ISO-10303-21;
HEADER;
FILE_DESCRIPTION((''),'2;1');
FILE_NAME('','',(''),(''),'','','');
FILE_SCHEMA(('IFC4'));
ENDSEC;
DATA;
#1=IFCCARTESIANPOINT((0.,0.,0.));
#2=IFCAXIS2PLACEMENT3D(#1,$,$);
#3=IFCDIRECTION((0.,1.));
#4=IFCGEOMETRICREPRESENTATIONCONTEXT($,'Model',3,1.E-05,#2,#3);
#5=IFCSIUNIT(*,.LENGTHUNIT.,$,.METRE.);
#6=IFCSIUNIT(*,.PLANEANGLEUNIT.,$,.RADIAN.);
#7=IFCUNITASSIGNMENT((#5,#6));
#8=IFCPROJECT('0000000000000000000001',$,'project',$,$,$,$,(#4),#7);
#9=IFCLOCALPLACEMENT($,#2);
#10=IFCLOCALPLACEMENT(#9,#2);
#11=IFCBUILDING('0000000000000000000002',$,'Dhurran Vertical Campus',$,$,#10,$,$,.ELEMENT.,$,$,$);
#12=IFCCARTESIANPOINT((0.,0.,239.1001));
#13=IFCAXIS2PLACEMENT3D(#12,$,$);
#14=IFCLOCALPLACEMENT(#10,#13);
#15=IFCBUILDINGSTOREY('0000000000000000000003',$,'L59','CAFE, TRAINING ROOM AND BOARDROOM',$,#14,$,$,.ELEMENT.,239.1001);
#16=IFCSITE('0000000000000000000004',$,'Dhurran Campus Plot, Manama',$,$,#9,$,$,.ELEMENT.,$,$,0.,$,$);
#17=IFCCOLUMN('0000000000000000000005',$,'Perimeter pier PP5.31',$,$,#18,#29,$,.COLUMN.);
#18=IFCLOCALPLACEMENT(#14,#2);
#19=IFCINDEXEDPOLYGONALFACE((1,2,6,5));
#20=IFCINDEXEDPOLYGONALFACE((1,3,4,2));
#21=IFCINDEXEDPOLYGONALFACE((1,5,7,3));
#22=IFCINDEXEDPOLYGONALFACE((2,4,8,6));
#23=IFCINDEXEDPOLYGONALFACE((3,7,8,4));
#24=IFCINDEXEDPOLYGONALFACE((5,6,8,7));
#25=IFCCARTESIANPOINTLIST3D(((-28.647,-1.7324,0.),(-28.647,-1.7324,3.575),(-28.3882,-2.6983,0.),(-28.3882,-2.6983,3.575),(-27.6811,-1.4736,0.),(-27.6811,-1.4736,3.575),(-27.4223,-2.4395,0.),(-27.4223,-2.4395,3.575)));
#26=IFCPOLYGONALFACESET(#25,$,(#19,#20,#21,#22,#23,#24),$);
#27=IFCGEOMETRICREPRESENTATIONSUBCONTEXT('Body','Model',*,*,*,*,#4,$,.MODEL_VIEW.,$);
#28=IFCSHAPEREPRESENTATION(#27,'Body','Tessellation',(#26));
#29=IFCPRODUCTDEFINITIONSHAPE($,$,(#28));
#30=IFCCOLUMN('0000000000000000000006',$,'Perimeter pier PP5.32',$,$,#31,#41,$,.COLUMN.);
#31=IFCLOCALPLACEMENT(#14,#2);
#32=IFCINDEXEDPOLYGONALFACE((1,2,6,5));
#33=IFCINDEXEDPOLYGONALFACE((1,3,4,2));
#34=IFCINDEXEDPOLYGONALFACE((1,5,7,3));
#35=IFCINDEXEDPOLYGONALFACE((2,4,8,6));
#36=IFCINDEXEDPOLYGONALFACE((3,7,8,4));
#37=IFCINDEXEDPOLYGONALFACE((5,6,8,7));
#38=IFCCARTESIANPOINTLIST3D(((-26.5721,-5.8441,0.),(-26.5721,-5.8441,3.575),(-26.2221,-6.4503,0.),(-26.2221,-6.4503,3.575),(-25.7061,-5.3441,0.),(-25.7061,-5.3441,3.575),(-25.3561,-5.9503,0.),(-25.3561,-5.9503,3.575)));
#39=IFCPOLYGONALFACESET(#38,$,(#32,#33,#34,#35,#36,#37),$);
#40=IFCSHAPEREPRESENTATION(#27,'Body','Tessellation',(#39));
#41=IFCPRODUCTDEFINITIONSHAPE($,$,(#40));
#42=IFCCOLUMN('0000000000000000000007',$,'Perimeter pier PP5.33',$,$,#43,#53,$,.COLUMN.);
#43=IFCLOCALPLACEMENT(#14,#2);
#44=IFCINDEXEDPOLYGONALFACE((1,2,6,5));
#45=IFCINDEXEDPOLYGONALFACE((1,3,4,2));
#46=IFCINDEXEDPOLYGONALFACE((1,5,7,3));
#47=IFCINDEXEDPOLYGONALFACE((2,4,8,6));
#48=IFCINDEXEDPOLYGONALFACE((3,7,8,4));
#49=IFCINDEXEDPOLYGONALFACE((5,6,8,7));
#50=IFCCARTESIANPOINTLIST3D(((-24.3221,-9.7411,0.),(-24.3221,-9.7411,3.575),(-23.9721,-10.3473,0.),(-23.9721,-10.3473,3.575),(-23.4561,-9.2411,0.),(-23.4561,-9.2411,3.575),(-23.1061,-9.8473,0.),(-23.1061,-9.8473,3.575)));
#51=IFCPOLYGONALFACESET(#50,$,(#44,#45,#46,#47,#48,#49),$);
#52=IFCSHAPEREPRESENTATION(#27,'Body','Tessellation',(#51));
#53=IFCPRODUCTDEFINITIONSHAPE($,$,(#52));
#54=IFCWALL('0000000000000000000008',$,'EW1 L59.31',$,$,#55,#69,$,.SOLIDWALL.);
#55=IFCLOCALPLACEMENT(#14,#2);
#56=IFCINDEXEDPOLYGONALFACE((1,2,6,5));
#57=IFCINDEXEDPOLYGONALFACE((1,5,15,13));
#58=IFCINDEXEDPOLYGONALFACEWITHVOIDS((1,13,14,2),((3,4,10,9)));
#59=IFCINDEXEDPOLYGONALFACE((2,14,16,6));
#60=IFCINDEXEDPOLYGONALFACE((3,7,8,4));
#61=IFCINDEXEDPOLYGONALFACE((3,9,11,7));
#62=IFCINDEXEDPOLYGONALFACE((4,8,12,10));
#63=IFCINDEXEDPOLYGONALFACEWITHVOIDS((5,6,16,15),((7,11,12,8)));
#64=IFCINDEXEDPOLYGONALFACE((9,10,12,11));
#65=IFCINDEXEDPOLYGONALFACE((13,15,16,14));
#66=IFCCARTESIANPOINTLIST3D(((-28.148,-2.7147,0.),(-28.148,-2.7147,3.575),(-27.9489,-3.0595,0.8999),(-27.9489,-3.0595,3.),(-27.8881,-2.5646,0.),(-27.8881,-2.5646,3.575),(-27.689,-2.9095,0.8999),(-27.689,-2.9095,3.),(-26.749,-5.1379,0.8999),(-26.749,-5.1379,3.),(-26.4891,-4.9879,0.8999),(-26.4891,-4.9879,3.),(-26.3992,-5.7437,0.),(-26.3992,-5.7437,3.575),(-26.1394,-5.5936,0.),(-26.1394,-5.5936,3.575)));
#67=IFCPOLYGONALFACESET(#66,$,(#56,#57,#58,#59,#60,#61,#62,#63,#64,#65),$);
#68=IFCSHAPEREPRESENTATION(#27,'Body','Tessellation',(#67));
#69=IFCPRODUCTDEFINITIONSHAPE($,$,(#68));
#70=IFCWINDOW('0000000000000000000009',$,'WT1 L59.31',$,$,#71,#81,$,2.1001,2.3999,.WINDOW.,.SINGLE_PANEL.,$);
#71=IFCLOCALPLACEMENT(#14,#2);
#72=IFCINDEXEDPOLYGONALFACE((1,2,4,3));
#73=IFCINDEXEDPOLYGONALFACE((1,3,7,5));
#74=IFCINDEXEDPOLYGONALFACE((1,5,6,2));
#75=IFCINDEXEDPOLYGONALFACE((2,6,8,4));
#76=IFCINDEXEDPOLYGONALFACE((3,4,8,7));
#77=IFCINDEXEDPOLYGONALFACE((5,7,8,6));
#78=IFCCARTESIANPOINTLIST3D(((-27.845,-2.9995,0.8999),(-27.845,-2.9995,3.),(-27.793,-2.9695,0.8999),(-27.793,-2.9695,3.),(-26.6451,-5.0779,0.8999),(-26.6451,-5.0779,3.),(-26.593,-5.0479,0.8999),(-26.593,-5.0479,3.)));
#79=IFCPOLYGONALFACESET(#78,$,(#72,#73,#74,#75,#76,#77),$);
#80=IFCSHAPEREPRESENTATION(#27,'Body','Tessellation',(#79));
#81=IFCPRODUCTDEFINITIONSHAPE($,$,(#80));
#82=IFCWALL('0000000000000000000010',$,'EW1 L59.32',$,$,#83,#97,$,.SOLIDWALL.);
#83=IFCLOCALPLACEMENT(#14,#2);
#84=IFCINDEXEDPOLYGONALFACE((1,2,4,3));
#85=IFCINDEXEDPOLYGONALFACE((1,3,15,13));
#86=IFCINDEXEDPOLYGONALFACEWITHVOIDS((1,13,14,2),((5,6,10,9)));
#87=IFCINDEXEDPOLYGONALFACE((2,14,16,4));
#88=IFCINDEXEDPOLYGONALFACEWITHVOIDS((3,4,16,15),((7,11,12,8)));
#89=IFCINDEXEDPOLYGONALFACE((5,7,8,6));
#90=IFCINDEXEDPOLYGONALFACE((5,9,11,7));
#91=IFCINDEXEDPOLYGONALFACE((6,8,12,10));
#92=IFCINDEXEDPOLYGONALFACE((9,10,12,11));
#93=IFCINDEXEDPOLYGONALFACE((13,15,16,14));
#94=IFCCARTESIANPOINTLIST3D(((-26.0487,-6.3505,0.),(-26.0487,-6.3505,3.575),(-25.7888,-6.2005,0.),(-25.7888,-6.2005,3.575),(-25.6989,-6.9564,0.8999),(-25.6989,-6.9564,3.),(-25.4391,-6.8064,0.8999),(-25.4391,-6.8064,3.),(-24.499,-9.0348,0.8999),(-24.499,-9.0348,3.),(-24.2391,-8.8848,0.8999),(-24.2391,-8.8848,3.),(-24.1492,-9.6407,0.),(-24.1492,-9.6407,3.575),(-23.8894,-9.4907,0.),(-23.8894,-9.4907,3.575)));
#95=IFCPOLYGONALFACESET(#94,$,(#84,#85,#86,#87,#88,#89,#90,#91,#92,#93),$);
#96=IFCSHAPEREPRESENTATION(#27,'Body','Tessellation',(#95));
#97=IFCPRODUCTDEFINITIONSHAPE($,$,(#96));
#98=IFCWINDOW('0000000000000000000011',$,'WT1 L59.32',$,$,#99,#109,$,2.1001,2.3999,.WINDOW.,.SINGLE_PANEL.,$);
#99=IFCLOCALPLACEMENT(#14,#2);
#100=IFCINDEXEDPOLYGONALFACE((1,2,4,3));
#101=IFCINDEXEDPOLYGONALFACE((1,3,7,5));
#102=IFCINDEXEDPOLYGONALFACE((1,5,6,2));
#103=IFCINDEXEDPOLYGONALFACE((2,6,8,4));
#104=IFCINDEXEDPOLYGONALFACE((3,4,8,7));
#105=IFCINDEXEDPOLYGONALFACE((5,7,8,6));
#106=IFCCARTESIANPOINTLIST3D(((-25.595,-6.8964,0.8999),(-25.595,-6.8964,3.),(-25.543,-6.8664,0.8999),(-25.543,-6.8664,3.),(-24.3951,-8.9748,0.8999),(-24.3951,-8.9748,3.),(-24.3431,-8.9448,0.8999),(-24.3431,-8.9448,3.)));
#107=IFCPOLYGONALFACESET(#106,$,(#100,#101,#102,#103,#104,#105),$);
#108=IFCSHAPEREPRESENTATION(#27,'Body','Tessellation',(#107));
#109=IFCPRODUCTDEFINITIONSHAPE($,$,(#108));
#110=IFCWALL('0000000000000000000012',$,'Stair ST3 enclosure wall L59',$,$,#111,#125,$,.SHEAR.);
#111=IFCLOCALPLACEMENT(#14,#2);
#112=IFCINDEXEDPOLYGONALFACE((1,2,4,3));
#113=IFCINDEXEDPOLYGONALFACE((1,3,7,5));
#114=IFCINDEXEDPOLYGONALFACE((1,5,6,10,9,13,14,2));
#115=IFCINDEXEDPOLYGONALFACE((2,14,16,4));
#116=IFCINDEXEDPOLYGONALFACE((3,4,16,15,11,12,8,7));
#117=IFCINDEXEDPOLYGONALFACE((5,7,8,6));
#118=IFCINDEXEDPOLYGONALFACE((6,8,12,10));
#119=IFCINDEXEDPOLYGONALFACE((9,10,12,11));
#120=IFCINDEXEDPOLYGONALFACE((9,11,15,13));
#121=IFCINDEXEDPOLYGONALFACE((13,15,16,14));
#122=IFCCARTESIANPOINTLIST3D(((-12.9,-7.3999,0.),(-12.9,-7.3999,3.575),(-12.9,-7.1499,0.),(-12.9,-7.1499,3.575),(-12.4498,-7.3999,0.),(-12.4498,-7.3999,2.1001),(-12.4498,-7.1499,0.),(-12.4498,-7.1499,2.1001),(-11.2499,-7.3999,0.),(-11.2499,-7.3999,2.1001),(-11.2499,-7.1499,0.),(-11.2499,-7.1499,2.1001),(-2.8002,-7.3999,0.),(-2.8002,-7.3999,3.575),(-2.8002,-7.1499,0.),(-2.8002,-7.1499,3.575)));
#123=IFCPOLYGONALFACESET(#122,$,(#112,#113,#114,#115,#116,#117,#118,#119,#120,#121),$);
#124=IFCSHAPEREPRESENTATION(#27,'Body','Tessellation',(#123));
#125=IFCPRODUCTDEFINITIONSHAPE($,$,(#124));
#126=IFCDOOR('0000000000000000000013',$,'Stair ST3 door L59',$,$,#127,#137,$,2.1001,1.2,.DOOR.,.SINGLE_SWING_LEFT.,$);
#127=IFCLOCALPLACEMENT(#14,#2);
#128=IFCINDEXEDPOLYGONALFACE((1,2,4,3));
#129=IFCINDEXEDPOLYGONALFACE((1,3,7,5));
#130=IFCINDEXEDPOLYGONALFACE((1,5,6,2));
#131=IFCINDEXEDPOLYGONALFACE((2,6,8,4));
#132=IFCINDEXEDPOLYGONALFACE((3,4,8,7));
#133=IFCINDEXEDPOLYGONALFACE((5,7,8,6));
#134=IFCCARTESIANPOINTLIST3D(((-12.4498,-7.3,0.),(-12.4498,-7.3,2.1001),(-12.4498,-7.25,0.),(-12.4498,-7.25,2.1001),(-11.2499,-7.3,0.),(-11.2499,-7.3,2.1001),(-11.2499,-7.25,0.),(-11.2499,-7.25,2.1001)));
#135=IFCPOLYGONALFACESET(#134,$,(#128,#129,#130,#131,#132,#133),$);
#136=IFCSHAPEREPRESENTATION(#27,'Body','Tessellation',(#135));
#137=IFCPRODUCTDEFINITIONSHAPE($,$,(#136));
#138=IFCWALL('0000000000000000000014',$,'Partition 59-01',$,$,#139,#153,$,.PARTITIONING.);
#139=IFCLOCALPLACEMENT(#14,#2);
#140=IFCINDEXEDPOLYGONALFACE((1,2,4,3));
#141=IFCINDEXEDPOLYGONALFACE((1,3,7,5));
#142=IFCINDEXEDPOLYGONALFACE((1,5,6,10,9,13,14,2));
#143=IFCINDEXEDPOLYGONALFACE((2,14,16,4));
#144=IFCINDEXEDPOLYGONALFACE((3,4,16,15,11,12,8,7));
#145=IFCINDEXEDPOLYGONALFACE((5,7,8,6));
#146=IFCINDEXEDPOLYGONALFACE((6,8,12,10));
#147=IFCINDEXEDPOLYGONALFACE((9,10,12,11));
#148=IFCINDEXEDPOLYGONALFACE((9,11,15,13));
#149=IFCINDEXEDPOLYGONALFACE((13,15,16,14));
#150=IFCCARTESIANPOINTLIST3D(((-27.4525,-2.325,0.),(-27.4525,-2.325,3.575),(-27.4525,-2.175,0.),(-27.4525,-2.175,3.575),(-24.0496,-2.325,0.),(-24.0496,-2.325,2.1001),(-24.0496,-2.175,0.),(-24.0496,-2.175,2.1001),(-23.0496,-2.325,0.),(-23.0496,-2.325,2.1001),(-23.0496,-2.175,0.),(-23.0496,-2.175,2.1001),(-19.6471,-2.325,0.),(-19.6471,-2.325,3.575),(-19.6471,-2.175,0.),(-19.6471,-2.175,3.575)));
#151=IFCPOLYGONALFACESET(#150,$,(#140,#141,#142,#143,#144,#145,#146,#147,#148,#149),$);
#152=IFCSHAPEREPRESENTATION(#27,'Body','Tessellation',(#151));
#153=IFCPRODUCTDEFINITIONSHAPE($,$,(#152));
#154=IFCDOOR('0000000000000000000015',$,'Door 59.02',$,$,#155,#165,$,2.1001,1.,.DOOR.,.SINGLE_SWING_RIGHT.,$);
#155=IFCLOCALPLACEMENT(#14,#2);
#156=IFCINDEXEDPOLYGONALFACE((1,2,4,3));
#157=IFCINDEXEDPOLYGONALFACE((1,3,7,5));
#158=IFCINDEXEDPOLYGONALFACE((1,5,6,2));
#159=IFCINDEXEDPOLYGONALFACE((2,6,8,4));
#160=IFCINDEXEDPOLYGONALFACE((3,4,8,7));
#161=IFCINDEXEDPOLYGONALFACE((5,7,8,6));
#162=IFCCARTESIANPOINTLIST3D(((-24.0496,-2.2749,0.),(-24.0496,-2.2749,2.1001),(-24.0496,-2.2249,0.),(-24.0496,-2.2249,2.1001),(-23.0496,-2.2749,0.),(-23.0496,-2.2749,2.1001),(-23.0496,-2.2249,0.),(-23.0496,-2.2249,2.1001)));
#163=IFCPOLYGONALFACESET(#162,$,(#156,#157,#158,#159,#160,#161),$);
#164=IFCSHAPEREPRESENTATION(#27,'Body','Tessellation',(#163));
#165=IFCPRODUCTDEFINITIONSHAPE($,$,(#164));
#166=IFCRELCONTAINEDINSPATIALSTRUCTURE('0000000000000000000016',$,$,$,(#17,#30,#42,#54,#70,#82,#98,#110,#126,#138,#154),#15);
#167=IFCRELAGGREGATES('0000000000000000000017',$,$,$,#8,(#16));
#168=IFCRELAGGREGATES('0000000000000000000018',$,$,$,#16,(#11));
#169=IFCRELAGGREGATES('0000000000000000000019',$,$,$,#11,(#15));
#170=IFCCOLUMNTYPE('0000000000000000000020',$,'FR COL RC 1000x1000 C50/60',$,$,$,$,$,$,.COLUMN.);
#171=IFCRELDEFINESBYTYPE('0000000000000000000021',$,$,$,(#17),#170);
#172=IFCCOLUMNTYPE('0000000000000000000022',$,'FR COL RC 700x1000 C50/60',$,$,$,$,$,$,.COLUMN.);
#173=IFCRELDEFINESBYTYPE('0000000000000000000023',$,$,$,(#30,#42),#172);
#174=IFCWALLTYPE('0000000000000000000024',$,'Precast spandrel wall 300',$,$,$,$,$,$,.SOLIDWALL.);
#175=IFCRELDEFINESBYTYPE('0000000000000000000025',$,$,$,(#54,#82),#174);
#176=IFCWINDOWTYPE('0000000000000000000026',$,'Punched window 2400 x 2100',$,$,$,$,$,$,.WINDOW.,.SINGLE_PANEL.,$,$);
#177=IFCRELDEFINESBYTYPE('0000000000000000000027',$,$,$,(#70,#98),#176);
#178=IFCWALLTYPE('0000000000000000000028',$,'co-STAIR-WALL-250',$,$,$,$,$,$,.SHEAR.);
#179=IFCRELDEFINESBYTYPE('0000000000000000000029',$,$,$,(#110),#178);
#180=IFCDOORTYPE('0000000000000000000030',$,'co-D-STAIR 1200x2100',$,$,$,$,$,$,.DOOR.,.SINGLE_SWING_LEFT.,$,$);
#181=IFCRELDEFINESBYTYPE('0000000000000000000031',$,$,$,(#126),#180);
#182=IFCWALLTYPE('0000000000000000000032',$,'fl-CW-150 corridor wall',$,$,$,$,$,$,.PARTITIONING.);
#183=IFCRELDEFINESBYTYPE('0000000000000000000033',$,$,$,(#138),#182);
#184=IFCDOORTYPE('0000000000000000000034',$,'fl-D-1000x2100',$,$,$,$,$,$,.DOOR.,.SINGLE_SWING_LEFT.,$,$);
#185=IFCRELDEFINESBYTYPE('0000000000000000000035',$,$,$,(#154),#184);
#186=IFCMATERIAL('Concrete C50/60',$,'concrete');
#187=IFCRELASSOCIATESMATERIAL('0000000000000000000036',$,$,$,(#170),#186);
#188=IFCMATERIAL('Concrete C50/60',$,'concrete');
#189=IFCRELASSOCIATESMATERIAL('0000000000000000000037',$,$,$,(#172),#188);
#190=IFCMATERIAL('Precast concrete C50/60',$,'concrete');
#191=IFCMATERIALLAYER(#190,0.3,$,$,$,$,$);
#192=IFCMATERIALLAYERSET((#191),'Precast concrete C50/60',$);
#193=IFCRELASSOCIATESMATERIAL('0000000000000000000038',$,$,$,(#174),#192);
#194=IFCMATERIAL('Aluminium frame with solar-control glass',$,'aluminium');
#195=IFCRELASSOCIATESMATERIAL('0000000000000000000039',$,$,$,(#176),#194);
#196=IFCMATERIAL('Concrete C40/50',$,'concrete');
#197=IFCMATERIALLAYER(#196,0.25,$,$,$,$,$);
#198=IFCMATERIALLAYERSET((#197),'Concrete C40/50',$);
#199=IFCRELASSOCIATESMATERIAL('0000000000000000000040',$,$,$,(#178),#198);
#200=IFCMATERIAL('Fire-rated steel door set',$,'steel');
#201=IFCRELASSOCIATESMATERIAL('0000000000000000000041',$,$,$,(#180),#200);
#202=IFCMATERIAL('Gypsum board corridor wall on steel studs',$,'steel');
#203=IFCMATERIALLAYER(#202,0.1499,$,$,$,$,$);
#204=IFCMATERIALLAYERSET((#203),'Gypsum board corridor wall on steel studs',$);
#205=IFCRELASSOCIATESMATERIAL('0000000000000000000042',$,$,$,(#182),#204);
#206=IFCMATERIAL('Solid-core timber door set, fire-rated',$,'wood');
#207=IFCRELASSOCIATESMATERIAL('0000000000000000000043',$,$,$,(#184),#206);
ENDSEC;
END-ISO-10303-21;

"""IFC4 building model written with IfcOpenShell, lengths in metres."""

from ifc_helpers import new_model, si_unit, direction, frame, frame_2d, origin, origin_2d, place, context, subcontext, project, spatial, rectangle, extrude, material, layer, layer_set, material_profile, profile_set, type_object, element, fill, save


model = new_model("IFC4")

# Units and contexts
model_context = context("Model", 3, precision=1e-05, world=origin(), true_north=direction((0.0, 1.0)))
body_context = subcontext(model_context, "Body", "Model", "MODEL_VIEW")
ifc_project = project(units=[si_unit("LENGTHUNIT", "METRE"), si_unit("PLANEANGLEUNIT", "RADIAN")], contexts=[model_context])

# Site, building, storey
site_placement = place(None, origin())
site = spatial("IfcSite", under=ifc_project, at=site_placement, Name="Dhurran Campus Plot, Manama", CompositionType="ELEMENT", RefElevation=0.0)
building_placement = place(site_placement, origin())
building = spatial("IfcBuilding", under=site, at=building_placement, Name="Dhurran Vertical Campus", CompositionType="ELEMENT")
storey_placement = place(building_placement, frame((0.0, 0.0, 239.1001)))
storey = spatial("IfcBuildingStorey", under=building, at=storey_placement, Name="L59", Description="CAFE, TRAINING ROOM AND BOARDROOM", CompositionType="ELEMENT", Elevation=239.1001)

# Columns
ifc_material_1 = material(Name="Concrete C50/60", Category="concrete")
ifc_material_profile_1 = material_profile(ifc_material_1, rectangle(XDim=1.0, YDim=1.0, at=origin_2d()), Name="RC 1000x1000")
ifc_profile_set_1 = profile_set([ifc_material_profile_1], Name="Concrete C50/60")
column_type_1 = type_object("IfcColumnType", Name="FR COL RC 1000x1000 C50/60", PredefinedType="COLUMN", material=ifc_profile_set_1)
column_placement = place(storey_placement, frame((-28.0347, -2.0859, 0.0), z_axis=(0.0, 0.0, 1.0), x_axis=(0.258819, -0.965926, 0.0)))
element("IfcColumn", 1, at=column_placement, inside=storey, type_object=column_type_1, Name="Perimeter pier PP5.31", PredefinedType="COLUMN", context=body_context, shape_type="SweptSolid", body=[
    extrude(rectangle(XDim=1.0, YDim=1.0, at=origin_2d()), origin(), (0.0, 0.0, 1.0), 3.575),
])
ifc_material_2 = material(Name="Concrete C50/60", Category="concrete")
ifc_material_profile_2 = material_profile(ifc_material_2, rectangle(XDim=0.7, YDim=1.0, at=origin_2d()), Name="RC 700x1000")
ifc_profile_set_2 = profile_set([ifc_material_profile_2], Name="Concrete C50/60")
column_type_2 = type_object("IfcColumnType", Name="FR COL RC 700x1000 C50/60", PredefinedType="COLUMN", material=ifc_profile_set_2)
for number, where, z_axis, x_axis, name in (
    (2, (-25.9641, -5.8972, 0.0), (0.0, 0.0, 1.0), (0.5, -0.866025, 0.0), "Perimeter pier PP5.32"),
    (3, (-23.7141, -9.7942, 0.0), (0.0, 0.0, 1.0), (0.5, -0.866025, 0.0), "Perimeter pier PP5.33"),
):
    element("IfcColumn", number, at=place(storey_placement, frame(where, z_axis=z_axis, x_axis=x_axis)), inside=storey, type_object=column_type_2, Name=name, PredefinedType="COLUMN", context=body_context, shape_type="SweptSolid", body=[
        extrude(rectangle(XDim=0.7, YDim=1.0, at=origin_2d()), origin(), (0.0, 0.0, 1.0), 3.575),
    ])

# Walls, openings, windows
ifc_material_3 = material(Name="Precast concrete C50/60", Category="concrete")
ifc_layer_1 = layer(ifc_material_3, 0.3)
ifc_layer_set_1 = layer_set([ifc_layer_1], Name="Precast concrete C50/60")
wall_type_1 = type_object("IfcWallType", Name="Precast spandrel wall 300", PredefinedType="SOLIDWALL", material=ifc_layer_set_1)
wall_1_placement = place(storey_placement, frame((-28.0181, -2.6396, 0.0), z_axis=(0.0, 0.0, 1.0), x_axis=(0.49999, -0.866031, 0.0)))
wall_1 = element("IfcWall", 4, at=wall_1_placement, inside=storey, type_object=wall_type_1, Name="EW1 L59.31", PredefinedType="SOLIDWALL", context=body_context, shape_type="SweptSolid", body=[
    extrude(rectangle(XDim=3.4976, YDim=0.3, at=frame_2d((1.7488, 0.0))), origin(), (0.0, 0.0, 1.0), 3.575),
])
opening_1_placement = place(wall_1_placement, frame((0.3982, 0.0, 0.8999)))
opening_1 = element("IfcOpeningElement", 5, at=opening_1_placement, cuts=wall_1, PredefinedType="OPENING", context=body_context, shape_type="SweptSolid", body=[
    extrude(rectangle(XDim=2.3999, YDim=2.1001, at=frame_2d((1.2, 1.05))), frame((0.0, 0.1599, 0.0), z_axis=(0.0, -1.0, 0.0), x_axis=(1.0, 0.0, 0.0)), (0.0, 0.0, 1.0), 0.3201),
])
ifc_material_4 = material(Name="Aluminium frame with solar-control glass", Category="aluminium")
window_type = type_object("IfcWindowType", Name="Punched window 2400 x 2100", PartitioningType="SINGLE_PANEL", PredefinedType="WINDOW", material=ifc_material_4)
window_1_placement = place(opening_1_placement, origin())
window_1 = element("IfcWindow", 6, at=window_1_placement, inside=storey, type_object=window_type, Name="WT1 L59.31", OverallHeight=2.1001, OverallWidth=2.3999, PartitioningType="SINGLE_PANEL", PredefinedType="WINDOW", context=body_context, shape_type="SweptSolid", body=[
    extrude(rectangle(XDim=2.3999, YDim=2.1001, at=frame_2d((1.2, 1.05))), frame((0.0, 0.03, 0.0), z_axis=(0.0, -1.0, 0.0), x_axis=(1.0, 0.0, 0.0)), (0.0, 0.0, 1.0), 0.0601),
])
fill(opening_1, window_1)
wall_2_placement = place(storey_placement, frame((-25.9187, -6.2756, 0.0), z_axis=(0.0, 0.0, 1.0), x_axis=(0.499982, -0.866036, 0.0)))
wall_2 = element("IfcWall", 7, at=wall_2_placement, inside=storey, type_object=wall_type_1, Name="EW1 L59.32", PredefinedType="SOLIDWALL", context=body_context, shape_type="SweptSolid", body=[
    extrude(rectangle(XDim=3.7991, YDim=0.3, at=frame_2d((1.8994, 0.0))), origin(), (0.0, 0.0, 1.0), 3.575),
])
opening_2_placement = place(wall_2_placement, frame((0.6995, 0.0, 0.8999)))
opening_2 = element("IfcOpeningElement", 8, at=opening_2_placement, cuts=wall_2, PredefinedType="OPENING", context=body_context, shape_type="SweptSolid", body=[
    extrude(rectangle(XDim=2.3999, YDim=2.1001, at=frame_2d((1.2, 1.05))), frame((0.0, 0.1599, 0.0), z_axis=(0.0, -1.0, 0.0), x_axis=(1.0, 0.0, 0.0)), (0.0, 0.0, 1.0), 0.3201),
])
window_2_placement = place(opening_2_placement, origin())
window_2 = element("IfcWindow", 9, at=window_2_placement, inside=storey, type_object=window_type, Name="WT1 L59.32", OverallHeight=2.1001, OverallWidth=2.3999, PartitioningType="SINGLE_PANEL", PredefinedType="WINDOW", context=body_context, shape_type="SweptSolid", body=[
    extrude(rectangle(XDim=2.3999, YDim=2.1001, at=frame_2d((1.2, 1.05))), frame((0.0, 0.03, 0.0), z_axis=(0.0, -1.0, 0.0), x_axis=(1.0, 0.0, 0.0)), (0.0, 0.0, 1.0), 0.0601),
])
fill(opening_2, window_2)

# Walls, openings, doors
ifc_material_5 = material(Name="Concrete C40/50", Category="concrete")
ifc_layer_2 = layer(ifc_material_5, 0.25)
ifc_layer_set_2 = layer_set([ifc_layer_2], Name="Concrete C40/50")
wall_type_2 = type_object("IfcWallType", Name="co-STAIR-WALL-250", PredefinedType="SHEAR", material=ifc_layer_set_2)
wall_3_placement = place(storey_placement, frame((-12.8999, -7.2749, 0.0), z_axis=(0.0, 0.0, 1.0), x_axis=(1.0, 0.0, 0.0)))
wall_3 = element("IfcWall", 10, at=wall_3_placement, inside=storey, type_object=wall_type_2, Name="Stair ST3 enclosure wall L59", PredefinedType="SHEAR", context=body_context, shape_type="SweptSolid", body=[
    extrude(rectangle(XDim=10.0999, YDim=0.25, at=frame_2d((5.0498, 0.0))), origin(), (0.0, 0.0, 1.0), 3.575),
])
opening_3_placement = place(wall_3_placement, frame((0.45, 0.0, 0.0)))
opening_3 = element("IfcOpeningElement", 11, at=opening_3_placement, cuts=wall_3, PredefinedType="OPENING", context=body_context, shape_type="SweptSolid", body=[
    extrude(rectangle(XDim=1.2, YDim=2.1001, at=frame_2d((0.6001, 1.05))), frame((0.0, 0.135, 0.0), z_axis=(0.0, -1.0, 0.0), x_axis=(1.0, 0.0, 0.0)), (0.0, 0.0, 1.0), 0.27),
])
ifc_material_6 = material(Name="Fire-rated steel door set", Category="steel")
door_type_1 = type_object("IfcDoorType", Name="co-D-STAIR 1200x2100", OperationType="SINGLE_SWING_LEFT", PredefinedType="DOOR", material=ifc_material_6)
door_1_placement = place(opening_3_placement, origin())
door_1 = element("IfcDoor", 12, at=door_1_placement, inside=storey, type_object=door_type_1, Name="Stair ST3 door L59", OperationType="SINGLE_SWING_LEFT", OverallHeight=2.1001, OverallWidth=1.2, PredefinedType="DOOR", context=body_context, shape_type="SweptSolid", body=[
    extrude(rectangle(XDim=1.2, YDim=2.1001, at=frame_2d((0.6001, 1.05))), frame((0.0, 0.0249, 0.0), z_axis=(0.0, -1.0, 0.0), x_axis=(1.0, 0.0, 0.0)), (0.0, 0.0, 1.0), 0.05),
])
fill(opening_3, door_1)
ifc_material_7 = material(Name="Gypsum board corridor wall on steel studs", Category="steel")
ifc_layer_3 = layer(ifc_material_7, 0.1499)
ifc_layer_set_3 = layer_set([ifc_layer_3], Name="Gypsum board corridor wall on steel studs")
wall_type_3 = type_object("IfcWallType", Name="fl-CW-150 corridor wall", PredefinedType="PARTITIONING", material=ifc_layer_set_3)
wall_4_placement = place(storey_placement, frame((-19.647, -2.25, 0.0), z_axis=(0.0, 0.0, 1.0), x_axis=(-1.0, 0.0, 0.0)))
wall_4 = element("IfcWall", 13, at=wall_4_placement, inside=storey, type_object=wall_type_3, Name="Partition 59-01", PredefinedType="PARTITIONING", context=body_context, shape_type="SweptSolid", body=[
    extrude(rectangle(XDim=7.8054, YDim=0.1499, at=frame_2d((3.9028, 0.0))), origin(), (0.0, 0.0, 1.0), 3.575),
])
opening_4_placement = place(wall_4_placement, frame((3.4026, 0.0, 0.0)))
opening_4 = element("IfcOpeningElement", 14, at=opening_4_placement, cuts=wall_4, PredefinedType="OPENING", context=body_context, shape_type="SweptSolid", body=[
    extrude(rectangle(XDim=1.0, YDim=2.1001, at=frame_2d((0.5, 1.05))), frame((0.0, 0.085, 0.0), z_axis=(0.0, -1.0, 0.0), x_axis=(1.0, 0.0, 0.0)), (0.0, 0.0, 1.0), 0.1699),
])
ifc_material_8 = material(Name="Solid-core timber door set, fire-rated", Category="wood")
door_type_2 = type_object("IfcDoorType", Name="fl-D-1000x2100", OperationType="SINGLE_SWING_LEFT", PredefinedType="DOOR", material=ifc_material_8)
door_2_placement = place(opening_4_placement, origin())
door_2 = element("IfcDoor", 15, at=door_2_placement, inside=storey, type_object=door_type_2, Name="Door 59.02", OperationType="SINGLE_SWING_RIGHT", OverallHeight=2.1001, OverallWidth=1.0, PredefinedType="DOOR", context=body_context, shape_type="SweptSolid", body=[
    extrude(rectangle(XDim=1.0, YDim=2.1001, at=frame_2d((0.5, 1.05))), frame((0.0, 0.0249, 0.0), z_axis=(0.0, -1.0, 0.0), x_axis=(1.0, 0.0, 0.0)), (0.0, 0.0, 1.0), 0.05),
])
fill(opening_4, door_2)

save(model, "model.ifc")
